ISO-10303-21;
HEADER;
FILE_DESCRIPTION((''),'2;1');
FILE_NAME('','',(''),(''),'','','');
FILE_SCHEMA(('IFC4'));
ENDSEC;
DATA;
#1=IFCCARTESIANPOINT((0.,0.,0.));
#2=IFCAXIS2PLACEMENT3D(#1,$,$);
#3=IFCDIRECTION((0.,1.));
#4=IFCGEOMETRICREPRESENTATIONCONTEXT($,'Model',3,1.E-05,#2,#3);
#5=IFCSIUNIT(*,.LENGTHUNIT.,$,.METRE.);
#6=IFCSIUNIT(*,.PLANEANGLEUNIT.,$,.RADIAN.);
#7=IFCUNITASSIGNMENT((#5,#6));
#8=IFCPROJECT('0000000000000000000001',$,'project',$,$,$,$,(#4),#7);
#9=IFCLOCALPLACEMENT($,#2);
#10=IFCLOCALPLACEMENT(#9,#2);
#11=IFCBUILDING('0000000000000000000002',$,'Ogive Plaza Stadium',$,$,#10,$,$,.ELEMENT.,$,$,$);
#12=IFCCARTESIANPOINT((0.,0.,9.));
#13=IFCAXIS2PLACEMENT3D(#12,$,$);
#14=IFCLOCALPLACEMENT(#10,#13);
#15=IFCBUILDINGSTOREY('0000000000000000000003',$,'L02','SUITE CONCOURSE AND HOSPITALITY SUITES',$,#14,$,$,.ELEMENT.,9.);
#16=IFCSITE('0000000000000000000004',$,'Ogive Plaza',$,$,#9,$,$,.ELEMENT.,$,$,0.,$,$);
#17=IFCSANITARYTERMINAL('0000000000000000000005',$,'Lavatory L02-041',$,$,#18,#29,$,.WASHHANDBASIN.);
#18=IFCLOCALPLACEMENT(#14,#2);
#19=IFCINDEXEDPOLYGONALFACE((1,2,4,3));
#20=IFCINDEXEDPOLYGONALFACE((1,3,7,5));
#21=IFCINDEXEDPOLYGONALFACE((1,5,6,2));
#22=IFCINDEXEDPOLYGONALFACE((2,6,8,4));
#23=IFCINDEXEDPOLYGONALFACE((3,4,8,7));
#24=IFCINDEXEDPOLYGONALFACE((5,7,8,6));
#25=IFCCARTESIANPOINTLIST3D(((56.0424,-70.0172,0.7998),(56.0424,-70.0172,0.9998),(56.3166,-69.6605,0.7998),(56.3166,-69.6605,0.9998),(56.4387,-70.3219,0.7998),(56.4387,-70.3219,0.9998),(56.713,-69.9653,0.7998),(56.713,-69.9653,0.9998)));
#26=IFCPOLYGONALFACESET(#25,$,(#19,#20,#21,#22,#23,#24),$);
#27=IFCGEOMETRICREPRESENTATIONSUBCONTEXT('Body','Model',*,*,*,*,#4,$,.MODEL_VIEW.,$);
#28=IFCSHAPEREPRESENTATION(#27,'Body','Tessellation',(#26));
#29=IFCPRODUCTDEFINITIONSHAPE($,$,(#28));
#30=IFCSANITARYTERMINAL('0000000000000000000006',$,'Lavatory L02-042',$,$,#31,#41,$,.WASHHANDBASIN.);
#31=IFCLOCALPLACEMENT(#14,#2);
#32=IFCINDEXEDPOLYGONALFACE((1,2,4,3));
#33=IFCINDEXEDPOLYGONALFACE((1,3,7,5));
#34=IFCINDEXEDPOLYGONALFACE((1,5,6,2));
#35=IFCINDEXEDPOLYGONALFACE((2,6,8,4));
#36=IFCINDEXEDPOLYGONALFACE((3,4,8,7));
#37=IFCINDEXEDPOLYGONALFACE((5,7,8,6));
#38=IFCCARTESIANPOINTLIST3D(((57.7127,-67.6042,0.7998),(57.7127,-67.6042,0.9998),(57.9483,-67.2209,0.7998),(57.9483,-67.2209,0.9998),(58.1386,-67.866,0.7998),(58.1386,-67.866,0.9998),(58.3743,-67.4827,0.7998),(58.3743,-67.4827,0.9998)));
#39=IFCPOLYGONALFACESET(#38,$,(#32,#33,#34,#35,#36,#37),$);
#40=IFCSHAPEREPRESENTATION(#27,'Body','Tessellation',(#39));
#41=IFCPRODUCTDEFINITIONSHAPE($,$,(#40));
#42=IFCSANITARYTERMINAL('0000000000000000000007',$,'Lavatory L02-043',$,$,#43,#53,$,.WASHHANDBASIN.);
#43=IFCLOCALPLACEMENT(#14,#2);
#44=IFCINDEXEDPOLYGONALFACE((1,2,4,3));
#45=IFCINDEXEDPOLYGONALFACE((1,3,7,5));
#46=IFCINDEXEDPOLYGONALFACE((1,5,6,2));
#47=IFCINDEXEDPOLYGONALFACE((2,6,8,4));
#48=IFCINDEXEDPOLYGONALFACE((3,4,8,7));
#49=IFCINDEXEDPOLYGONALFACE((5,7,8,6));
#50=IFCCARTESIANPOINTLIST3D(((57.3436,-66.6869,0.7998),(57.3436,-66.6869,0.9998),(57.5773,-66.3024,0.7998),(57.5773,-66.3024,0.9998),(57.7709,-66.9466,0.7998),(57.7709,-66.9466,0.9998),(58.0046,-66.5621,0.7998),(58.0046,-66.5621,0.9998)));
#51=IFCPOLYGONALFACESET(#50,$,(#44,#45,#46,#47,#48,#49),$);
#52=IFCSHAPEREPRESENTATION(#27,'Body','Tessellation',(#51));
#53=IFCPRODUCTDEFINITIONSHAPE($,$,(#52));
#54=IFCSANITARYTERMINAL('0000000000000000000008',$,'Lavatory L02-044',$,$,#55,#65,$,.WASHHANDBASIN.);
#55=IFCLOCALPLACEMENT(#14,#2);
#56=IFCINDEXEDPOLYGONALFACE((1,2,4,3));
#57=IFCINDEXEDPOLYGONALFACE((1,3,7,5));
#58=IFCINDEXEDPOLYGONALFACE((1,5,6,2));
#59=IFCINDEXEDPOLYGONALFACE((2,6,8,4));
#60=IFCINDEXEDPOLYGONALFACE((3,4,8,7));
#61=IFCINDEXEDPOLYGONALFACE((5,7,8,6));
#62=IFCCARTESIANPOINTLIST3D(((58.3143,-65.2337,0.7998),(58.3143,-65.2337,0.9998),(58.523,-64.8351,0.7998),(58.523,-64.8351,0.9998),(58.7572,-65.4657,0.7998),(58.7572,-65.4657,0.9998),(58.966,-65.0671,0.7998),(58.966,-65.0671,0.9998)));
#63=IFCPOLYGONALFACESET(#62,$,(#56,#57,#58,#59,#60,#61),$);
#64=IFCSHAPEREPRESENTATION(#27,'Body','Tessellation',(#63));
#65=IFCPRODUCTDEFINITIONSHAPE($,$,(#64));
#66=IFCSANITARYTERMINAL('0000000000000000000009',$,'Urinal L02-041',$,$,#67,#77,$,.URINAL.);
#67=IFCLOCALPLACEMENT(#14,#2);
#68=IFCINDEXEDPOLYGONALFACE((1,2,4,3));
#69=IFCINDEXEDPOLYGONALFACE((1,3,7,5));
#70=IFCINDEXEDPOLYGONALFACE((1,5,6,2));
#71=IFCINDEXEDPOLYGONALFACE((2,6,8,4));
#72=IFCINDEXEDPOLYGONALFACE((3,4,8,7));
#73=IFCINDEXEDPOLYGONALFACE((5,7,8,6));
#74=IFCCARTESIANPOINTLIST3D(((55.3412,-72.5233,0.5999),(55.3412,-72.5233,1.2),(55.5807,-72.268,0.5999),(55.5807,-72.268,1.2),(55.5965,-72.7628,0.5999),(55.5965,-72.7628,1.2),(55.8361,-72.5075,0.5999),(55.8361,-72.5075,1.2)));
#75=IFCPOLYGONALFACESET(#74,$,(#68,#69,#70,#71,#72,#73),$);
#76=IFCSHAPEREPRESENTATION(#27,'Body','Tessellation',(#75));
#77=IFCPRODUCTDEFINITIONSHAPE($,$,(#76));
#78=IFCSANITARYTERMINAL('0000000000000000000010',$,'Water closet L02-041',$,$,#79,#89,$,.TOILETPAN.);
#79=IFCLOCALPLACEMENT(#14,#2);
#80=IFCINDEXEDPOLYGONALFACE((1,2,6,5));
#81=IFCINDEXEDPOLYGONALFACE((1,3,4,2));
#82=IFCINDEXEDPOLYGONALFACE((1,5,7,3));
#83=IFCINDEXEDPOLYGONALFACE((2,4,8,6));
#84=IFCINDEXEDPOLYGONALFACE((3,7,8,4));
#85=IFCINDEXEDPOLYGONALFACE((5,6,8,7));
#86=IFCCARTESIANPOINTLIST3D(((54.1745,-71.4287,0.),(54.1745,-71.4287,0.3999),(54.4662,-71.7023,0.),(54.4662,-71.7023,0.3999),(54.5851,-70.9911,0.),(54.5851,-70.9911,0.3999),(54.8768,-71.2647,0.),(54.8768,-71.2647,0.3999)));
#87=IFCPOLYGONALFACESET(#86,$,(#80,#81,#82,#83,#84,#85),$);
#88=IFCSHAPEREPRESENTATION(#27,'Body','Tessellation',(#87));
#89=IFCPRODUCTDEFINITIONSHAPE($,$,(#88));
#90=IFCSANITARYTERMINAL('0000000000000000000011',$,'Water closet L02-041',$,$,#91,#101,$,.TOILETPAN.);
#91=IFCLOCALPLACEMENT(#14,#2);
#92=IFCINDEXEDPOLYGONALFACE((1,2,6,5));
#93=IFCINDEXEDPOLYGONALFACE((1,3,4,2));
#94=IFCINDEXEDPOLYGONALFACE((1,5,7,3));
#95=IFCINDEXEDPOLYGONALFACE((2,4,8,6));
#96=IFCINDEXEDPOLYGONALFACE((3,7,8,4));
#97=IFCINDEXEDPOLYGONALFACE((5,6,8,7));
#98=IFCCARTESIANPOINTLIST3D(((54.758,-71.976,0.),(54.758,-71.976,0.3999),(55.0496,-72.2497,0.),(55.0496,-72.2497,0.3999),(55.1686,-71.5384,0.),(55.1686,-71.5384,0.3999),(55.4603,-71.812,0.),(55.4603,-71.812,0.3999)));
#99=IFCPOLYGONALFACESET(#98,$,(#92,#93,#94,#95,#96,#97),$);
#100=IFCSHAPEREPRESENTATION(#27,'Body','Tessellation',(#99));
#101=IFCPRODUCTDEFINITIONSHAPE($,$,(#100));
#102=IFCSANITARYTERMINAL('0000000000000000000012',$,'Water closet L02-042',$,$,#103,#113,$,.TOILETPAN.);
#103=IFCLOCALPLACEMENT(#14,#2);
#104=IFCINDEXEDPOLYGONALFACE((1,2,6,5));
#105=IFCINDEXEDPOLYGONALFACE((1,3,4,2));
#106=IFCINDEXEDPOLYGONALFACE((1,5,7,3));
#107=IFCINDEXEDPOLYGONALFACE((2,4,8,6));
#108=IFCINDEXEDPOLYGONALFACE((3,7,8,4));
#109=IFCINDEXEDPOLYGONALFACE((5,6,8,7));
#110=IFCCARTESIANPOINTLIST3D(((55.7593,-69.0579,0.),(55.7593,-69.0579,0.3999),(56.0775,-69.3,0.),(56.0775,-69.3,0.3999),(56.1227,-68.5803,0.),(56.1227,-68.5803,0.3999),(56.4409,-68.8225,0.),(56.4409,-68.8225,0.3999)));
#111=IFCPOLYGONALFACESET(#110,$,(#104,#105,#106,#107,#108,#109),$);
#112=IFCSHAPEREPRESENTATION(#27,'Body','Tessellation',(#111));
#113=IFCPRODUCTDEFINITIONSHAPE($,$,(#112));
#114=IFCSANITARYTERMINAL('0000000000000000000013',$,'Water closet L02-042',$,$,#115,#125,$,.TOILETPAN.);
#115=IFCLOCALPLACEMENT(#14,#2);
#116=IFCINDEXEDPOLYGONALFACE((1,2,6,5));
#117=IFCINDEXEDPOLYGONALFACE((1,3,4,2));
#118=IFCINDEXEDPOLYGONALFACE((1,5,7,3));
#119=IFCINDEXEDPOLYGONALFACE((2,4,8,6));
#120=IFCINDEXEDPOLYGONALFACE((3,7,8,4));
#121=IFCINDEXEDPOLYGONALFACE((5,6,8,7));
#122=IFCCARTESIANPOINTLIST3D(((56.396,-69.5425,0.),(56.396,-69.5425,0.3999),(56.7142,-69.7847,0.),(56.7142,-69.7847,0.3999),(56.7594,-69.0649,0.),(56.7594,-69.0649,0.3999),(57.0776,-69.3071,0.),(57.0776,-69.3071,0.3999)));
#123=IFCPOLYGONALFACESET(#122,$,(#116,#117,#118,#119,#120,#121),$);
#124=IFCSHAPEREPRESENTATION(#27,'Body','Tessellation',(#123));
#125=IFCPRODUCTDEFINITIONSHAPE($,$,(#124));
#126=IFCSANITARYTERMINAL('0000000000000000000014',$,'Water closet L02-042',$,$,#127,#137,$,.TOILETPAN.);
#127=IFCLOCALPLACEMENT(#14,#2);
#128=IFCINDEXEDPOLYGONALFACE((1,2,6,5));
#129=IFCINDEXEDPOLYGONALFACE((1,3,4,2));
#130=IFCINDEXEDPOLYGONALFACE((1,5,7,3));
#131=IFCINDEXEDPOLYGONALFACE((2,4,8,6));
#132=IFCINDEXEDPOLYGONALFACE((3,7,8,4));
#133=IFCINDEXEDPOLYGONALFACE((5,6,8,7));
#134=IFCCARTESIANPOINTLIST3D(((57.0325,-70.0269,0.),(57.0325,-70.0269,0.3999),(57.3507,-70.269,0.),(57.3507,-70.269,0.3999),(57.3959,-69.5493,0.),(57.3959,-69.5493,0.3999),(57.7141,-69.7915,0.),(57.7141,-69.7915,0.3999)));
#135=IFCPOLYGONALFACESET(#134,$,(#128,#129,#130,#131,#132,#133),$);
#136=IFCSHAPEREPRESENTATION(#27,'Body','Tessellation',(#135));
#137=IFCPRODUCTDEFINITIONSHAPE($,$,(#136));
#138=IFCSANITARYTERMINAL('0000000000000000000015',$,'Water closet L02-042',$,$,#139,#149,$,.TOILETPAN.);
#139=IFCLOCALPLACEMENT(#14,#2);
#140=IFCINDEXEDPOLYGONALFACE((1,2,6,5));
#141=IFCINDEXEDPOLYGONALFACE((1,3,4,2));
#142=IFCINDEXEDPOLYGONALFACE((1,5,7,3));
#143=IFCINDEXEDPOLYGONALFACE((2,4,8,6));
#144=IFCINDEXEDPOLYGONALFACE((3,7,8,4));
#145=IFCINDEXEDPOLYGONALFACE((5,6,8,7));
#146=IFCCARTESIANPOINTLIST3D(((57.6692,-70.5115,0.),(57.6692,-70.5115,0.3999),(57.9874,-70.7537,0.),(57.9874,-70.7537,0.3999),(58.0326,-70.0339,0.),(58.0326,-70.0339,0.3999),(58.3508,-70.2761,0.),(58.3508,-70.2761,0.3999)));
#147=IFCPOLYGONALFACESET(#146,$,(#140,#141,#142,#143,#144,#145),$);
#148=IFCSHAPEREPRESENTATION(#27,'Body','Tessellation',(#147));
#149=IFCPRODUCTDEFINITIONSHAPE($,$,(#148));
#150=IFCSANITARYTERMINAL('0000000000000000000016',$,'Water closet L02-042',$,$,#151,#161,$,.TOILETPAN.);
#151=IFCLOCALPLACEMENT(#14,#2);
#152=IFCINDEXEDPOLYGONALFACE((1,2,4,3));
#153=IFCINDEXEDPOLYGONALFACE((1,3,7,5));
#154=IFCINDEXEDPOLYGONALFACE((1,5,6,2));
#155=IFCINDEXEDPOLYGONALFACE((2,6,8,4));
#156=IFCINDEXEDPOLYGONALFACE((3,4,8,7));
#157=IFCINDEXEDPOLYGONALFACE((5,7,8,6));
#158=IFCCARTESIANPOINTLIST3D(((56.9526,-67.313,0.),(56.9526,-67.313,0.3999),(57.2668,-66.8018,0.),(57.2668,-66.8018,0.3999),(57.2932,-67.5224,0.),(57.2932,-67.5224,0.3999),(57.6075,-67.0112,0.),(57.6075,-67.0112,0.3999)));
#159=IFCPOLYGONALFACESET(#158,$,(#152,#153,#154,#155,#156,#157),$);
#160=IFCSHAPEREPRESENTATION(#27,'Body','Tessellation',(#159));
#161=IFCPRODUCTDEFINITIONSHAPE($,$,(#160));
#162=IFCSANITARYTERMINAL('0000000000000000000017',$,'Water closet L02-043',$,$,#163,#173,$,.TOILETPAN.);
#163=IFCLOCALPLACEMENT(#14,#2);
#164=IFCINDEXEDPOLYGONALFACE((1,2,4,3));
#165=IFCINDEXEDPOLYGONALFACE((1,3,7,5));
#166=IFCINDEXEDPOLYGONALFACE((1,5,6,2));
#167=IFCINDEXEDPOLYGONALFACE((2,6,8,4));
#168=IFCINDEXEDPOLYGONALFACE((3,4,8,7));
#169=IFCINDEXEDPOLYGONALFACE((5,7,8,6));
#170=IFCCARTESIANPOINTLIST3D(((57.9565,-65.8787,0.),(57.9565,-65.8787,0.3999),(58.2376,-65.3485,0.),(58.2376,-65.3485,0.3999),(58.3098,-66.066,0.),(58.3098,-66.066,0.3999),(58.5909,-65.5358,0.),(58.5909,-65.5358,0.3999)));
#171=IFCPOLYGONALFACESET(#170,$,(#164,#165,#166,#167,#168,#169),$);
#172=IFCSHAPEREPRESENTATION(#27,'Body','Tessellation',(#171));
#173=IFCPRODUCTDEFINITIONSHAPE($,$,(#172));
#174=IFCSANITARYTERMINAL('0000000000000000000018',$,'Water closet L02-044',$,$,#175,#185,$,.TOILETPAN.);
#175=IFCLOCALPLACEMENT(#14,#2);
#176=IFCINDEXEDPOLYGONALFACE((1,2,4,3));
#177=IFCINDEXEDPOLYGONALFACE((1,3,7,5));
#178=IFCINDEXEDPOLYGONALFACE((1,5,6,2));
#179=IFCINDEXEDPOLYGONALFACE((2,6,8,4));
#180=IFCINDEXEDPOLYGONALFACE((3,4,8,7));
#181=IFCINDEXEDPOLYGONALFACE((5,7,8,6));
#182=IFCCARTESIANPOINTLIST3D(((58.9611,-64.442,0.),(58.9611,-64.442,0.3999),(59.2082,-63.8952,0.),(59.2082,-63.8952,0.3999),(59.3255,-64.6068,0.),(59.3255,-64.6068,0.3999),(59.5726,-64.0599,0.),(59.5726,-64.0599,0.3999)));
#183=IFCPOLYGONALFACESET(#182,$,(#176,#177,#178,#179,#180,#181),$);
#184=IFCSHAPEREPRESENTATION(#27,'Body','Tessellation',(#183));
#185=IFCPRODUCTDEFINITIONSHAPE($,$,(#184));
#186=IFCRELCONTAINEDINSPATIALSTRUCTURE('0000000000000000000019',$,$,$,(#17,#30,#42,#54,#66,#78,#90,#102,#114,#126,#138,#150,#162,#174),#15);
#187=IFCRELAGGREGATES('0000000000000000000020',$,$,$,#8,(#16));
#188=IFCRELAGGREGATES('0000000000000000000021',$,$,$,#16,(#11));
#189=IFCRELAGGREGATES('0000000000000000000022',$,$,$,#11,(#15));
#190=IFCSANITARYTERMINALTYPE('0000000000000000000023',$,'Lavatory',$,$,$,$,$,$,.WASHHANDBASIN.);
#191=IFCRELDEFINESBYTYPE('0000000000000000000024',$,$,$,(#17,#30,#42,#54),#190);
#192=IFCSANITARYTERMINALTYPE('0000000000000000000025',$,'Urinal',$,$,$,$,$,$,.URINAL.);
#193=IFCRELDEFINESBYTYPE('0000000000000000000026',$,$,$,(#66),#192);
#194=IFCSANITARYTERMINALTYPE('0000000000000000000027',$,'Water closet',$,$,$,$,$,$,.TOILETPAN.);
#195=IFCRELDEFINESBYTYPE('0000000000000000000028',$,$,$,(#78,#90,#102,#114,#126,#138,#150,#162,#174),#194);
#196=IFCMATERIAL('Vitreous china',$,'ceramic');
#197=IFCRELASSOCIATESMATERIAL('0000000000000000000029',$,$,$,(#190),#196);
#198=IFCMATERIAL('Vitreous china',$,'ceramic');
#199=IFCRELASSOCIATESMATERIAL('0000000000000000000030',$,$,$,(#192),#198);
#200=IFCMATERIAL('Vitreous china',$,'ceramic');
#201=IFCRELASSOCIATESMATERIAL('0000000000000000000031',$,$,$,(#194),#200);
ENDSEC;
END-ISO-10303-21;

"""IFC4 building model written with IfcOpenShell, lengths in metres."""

from ifc_helpers import new_model, si_unit, direction, frame, origin, origin_2d, place, context, subcontext, project, spatial, rectangle, extrude, material, type_object, element, save


model = new_model("IFC4")

# Units and contexts
model_context = context("Model", 3, precision=1e-05, world=origin(), true_north=direction((0.0, 1.0)))
body_context = subcontext(model_context, "Body", "Model", "MODEL_VIEW")
ifc_project = project(units=[si_unit("LENGTHUNIT", "METRE"), si_unit("PLANEANGLEUNIT", "RADIAN")], contexts=[model_context])

# Site, building, storey
site_placement = place(None, origin())
site = spatial("IfcSite", under=ifc_project, at=site_placement, Name="Ogive Plaza", CompositionType="ELEMENT", RefElevation=0.0)
building_placement = place(site_placement, origin())
building = spatial("IfcBuilding", under=site, at=building_placement, Name="Ogive Plaza Stadium", CompositionType="ELEMENT")
storey_placement = place(building_placement, frame((0.0, 0.0, 9.0)))
storey = spatial("IfcBuildingStorey", under=building, at=storey_placement, Name="L02", Description="SUITE CONCOURSE AND HOSPITALITY SUITES", CompositionType="ELEMENT", Elevation=9.0)

# Sanitary terminals
ifc_material_1 = material(Name="Vitreous china", Category="ceramic")
sanitary_terminal_type_1 = type_object("IfcSanitaryTerminalType", Name="Lavatory", PredefinedType="WASHHANDBASIN", material=ifc_material_1)
for number, where, z_axis, x_axis, name in (
    (1, (56.3777, -69.9912, 0.7998), (0.0, 0.0, 1.0), (0.792729, -0.609574, 0.0), "Lavatory L02-041"),
    (2, (58.0435, -67.5435, 0.7998), (0.0, 0.0, 1.0), (0.851922, -0.523669, 0.0), "Lavatory L02-042"),
    (3, (57.6741, -66.6245, 0.7998), (0.0, 0.0, 1.0), (0.854559, -0.519355, 0.0), "Lavatory L02-043"),
    (4, (58.6401, -65.1504, 0.7998), (0.0, 0.0, 1.0), (0.885868, -0.463938, 0.0), "Lavatory L02-044"),
):
    element("IfcSanitaryTerminal", number, at=place(storey_placement, frame(where, z_axis=z_axis, x_axis=x_axis)), inside=storey, type_object=sanitary_terminal_type_1, Name=name, PredefinedType="WASHHANDBASIN", context=body_context, shape_type="SweptSolid", body=[
        extrude(rectangle(XDim=0.5, YDim=0.45, at=origin_2d()), origin(), (0.0, 0.0, 1.0), 0.2),
    ])
ifc_material_2 = material(Name="Vitreous china", Category="ceramic")
sanitary_terminal_type_2 = type_object("IfcSanitaryTerminalType", Name="Urinal", PredefinedType="URINAL", material=ifc_material_2)
sanitary_terminal_1_placement = place(storey_placement, frame((55.5886, -72.5154, 0.5999), z_axis=(0.0, 0.0, 1.0), x_axis=(0.729268, -0.684228, 0.0)))
element("IfcSanitaryTerminal", 5, at=sanitary_terminal_1_placement, inside=storey, type_object=sanitary_terminal_type_2, Name="Urinal L02-041", PredefinedType="URINAL", context=body_context, shape_type="SweptSolid", body=[
    extrude(rectangle(XDim=0.3501, YDim=0.3501, at=origin_2d()), origin(), (0.0, 0.0, 1.0), 0.6001),
])
ifc_material_3 = material(Name="Vitreous china", Category="ceramic")
sanitary_terminal_type_3 = type_object("IfcSanitaryTerminalType", Name="Water closet", PredefinedType="TOILETPAN", material=ifc_material_3)
for number, where, z_axis, x_axis, name in (
    (6, (54.5256, -71.3467, 0.0), (0.0, 0.0, 1.0), (0.729268, -0.684228, 0.0), "Water closet L02-041"),
    (7, (55.1091, -71.894, 0.0), (0.0, 0.0, 1.0), (0.729268, -0.684228, 0.0), "Water closet L02-041"),
    (8, (56.1001, -68.9402, 0.0), (0.0, 0.0, 1.0), (0.795794, -0.605568, 0.0), "Water closet L02-042"),
    (9, (56.7368, -69.4248, 0.0), (0.0, 0.0, 1.0), (0.795794, -0.605568, 0.0), "Water closet L02-042"),
    (10, (57.3733, -69.9092, 0.0), (0.0, 0.0, 1.0), (0.795794, -0.605568, 0.0), "Water closet L02-042"),
    (11, (58.01, -70.3938, 0.0), (0.0, 0.0, 1.0), (0.795794, -0.605568, 0.0), "Water closet L02-042"),
    (12, (57.28, -67.1621, 0.0), (0.0, 0.0, 1.0), (0.851922, -0.523669, 0.0), "Water closet L02-042"),
    (13, (58.2737, -65.7073, 0.0), (0.0, 0.0, 1.0), (0.883533, -0.468369, 0.0), "Water closet L02-043"),
    (14, (59.2668, -64.251, 0.0), (0.0, 0.0, 1.0), (0.911223, -0.411914, 0.0), "Water closet L02-044"),
):
    element("IfcSanitaryTerminal", number, at=place(storey_placement, frame(where, z_axis=z_axis, x_axis=x_axis)), inside=storey, type_object=sanitary_terminal_type_3, Name=name, PredefinedType="TOILETPAN", context=body_context, shape_type="SweptSolid", body=[
        extrude(rectangle(XDim=0.3999, YDim=0.6001, at=origin_2d()), origin(), (0.0, 0.0, 1.0), 0.3999),
    ])

save(model, "model.ifc")
